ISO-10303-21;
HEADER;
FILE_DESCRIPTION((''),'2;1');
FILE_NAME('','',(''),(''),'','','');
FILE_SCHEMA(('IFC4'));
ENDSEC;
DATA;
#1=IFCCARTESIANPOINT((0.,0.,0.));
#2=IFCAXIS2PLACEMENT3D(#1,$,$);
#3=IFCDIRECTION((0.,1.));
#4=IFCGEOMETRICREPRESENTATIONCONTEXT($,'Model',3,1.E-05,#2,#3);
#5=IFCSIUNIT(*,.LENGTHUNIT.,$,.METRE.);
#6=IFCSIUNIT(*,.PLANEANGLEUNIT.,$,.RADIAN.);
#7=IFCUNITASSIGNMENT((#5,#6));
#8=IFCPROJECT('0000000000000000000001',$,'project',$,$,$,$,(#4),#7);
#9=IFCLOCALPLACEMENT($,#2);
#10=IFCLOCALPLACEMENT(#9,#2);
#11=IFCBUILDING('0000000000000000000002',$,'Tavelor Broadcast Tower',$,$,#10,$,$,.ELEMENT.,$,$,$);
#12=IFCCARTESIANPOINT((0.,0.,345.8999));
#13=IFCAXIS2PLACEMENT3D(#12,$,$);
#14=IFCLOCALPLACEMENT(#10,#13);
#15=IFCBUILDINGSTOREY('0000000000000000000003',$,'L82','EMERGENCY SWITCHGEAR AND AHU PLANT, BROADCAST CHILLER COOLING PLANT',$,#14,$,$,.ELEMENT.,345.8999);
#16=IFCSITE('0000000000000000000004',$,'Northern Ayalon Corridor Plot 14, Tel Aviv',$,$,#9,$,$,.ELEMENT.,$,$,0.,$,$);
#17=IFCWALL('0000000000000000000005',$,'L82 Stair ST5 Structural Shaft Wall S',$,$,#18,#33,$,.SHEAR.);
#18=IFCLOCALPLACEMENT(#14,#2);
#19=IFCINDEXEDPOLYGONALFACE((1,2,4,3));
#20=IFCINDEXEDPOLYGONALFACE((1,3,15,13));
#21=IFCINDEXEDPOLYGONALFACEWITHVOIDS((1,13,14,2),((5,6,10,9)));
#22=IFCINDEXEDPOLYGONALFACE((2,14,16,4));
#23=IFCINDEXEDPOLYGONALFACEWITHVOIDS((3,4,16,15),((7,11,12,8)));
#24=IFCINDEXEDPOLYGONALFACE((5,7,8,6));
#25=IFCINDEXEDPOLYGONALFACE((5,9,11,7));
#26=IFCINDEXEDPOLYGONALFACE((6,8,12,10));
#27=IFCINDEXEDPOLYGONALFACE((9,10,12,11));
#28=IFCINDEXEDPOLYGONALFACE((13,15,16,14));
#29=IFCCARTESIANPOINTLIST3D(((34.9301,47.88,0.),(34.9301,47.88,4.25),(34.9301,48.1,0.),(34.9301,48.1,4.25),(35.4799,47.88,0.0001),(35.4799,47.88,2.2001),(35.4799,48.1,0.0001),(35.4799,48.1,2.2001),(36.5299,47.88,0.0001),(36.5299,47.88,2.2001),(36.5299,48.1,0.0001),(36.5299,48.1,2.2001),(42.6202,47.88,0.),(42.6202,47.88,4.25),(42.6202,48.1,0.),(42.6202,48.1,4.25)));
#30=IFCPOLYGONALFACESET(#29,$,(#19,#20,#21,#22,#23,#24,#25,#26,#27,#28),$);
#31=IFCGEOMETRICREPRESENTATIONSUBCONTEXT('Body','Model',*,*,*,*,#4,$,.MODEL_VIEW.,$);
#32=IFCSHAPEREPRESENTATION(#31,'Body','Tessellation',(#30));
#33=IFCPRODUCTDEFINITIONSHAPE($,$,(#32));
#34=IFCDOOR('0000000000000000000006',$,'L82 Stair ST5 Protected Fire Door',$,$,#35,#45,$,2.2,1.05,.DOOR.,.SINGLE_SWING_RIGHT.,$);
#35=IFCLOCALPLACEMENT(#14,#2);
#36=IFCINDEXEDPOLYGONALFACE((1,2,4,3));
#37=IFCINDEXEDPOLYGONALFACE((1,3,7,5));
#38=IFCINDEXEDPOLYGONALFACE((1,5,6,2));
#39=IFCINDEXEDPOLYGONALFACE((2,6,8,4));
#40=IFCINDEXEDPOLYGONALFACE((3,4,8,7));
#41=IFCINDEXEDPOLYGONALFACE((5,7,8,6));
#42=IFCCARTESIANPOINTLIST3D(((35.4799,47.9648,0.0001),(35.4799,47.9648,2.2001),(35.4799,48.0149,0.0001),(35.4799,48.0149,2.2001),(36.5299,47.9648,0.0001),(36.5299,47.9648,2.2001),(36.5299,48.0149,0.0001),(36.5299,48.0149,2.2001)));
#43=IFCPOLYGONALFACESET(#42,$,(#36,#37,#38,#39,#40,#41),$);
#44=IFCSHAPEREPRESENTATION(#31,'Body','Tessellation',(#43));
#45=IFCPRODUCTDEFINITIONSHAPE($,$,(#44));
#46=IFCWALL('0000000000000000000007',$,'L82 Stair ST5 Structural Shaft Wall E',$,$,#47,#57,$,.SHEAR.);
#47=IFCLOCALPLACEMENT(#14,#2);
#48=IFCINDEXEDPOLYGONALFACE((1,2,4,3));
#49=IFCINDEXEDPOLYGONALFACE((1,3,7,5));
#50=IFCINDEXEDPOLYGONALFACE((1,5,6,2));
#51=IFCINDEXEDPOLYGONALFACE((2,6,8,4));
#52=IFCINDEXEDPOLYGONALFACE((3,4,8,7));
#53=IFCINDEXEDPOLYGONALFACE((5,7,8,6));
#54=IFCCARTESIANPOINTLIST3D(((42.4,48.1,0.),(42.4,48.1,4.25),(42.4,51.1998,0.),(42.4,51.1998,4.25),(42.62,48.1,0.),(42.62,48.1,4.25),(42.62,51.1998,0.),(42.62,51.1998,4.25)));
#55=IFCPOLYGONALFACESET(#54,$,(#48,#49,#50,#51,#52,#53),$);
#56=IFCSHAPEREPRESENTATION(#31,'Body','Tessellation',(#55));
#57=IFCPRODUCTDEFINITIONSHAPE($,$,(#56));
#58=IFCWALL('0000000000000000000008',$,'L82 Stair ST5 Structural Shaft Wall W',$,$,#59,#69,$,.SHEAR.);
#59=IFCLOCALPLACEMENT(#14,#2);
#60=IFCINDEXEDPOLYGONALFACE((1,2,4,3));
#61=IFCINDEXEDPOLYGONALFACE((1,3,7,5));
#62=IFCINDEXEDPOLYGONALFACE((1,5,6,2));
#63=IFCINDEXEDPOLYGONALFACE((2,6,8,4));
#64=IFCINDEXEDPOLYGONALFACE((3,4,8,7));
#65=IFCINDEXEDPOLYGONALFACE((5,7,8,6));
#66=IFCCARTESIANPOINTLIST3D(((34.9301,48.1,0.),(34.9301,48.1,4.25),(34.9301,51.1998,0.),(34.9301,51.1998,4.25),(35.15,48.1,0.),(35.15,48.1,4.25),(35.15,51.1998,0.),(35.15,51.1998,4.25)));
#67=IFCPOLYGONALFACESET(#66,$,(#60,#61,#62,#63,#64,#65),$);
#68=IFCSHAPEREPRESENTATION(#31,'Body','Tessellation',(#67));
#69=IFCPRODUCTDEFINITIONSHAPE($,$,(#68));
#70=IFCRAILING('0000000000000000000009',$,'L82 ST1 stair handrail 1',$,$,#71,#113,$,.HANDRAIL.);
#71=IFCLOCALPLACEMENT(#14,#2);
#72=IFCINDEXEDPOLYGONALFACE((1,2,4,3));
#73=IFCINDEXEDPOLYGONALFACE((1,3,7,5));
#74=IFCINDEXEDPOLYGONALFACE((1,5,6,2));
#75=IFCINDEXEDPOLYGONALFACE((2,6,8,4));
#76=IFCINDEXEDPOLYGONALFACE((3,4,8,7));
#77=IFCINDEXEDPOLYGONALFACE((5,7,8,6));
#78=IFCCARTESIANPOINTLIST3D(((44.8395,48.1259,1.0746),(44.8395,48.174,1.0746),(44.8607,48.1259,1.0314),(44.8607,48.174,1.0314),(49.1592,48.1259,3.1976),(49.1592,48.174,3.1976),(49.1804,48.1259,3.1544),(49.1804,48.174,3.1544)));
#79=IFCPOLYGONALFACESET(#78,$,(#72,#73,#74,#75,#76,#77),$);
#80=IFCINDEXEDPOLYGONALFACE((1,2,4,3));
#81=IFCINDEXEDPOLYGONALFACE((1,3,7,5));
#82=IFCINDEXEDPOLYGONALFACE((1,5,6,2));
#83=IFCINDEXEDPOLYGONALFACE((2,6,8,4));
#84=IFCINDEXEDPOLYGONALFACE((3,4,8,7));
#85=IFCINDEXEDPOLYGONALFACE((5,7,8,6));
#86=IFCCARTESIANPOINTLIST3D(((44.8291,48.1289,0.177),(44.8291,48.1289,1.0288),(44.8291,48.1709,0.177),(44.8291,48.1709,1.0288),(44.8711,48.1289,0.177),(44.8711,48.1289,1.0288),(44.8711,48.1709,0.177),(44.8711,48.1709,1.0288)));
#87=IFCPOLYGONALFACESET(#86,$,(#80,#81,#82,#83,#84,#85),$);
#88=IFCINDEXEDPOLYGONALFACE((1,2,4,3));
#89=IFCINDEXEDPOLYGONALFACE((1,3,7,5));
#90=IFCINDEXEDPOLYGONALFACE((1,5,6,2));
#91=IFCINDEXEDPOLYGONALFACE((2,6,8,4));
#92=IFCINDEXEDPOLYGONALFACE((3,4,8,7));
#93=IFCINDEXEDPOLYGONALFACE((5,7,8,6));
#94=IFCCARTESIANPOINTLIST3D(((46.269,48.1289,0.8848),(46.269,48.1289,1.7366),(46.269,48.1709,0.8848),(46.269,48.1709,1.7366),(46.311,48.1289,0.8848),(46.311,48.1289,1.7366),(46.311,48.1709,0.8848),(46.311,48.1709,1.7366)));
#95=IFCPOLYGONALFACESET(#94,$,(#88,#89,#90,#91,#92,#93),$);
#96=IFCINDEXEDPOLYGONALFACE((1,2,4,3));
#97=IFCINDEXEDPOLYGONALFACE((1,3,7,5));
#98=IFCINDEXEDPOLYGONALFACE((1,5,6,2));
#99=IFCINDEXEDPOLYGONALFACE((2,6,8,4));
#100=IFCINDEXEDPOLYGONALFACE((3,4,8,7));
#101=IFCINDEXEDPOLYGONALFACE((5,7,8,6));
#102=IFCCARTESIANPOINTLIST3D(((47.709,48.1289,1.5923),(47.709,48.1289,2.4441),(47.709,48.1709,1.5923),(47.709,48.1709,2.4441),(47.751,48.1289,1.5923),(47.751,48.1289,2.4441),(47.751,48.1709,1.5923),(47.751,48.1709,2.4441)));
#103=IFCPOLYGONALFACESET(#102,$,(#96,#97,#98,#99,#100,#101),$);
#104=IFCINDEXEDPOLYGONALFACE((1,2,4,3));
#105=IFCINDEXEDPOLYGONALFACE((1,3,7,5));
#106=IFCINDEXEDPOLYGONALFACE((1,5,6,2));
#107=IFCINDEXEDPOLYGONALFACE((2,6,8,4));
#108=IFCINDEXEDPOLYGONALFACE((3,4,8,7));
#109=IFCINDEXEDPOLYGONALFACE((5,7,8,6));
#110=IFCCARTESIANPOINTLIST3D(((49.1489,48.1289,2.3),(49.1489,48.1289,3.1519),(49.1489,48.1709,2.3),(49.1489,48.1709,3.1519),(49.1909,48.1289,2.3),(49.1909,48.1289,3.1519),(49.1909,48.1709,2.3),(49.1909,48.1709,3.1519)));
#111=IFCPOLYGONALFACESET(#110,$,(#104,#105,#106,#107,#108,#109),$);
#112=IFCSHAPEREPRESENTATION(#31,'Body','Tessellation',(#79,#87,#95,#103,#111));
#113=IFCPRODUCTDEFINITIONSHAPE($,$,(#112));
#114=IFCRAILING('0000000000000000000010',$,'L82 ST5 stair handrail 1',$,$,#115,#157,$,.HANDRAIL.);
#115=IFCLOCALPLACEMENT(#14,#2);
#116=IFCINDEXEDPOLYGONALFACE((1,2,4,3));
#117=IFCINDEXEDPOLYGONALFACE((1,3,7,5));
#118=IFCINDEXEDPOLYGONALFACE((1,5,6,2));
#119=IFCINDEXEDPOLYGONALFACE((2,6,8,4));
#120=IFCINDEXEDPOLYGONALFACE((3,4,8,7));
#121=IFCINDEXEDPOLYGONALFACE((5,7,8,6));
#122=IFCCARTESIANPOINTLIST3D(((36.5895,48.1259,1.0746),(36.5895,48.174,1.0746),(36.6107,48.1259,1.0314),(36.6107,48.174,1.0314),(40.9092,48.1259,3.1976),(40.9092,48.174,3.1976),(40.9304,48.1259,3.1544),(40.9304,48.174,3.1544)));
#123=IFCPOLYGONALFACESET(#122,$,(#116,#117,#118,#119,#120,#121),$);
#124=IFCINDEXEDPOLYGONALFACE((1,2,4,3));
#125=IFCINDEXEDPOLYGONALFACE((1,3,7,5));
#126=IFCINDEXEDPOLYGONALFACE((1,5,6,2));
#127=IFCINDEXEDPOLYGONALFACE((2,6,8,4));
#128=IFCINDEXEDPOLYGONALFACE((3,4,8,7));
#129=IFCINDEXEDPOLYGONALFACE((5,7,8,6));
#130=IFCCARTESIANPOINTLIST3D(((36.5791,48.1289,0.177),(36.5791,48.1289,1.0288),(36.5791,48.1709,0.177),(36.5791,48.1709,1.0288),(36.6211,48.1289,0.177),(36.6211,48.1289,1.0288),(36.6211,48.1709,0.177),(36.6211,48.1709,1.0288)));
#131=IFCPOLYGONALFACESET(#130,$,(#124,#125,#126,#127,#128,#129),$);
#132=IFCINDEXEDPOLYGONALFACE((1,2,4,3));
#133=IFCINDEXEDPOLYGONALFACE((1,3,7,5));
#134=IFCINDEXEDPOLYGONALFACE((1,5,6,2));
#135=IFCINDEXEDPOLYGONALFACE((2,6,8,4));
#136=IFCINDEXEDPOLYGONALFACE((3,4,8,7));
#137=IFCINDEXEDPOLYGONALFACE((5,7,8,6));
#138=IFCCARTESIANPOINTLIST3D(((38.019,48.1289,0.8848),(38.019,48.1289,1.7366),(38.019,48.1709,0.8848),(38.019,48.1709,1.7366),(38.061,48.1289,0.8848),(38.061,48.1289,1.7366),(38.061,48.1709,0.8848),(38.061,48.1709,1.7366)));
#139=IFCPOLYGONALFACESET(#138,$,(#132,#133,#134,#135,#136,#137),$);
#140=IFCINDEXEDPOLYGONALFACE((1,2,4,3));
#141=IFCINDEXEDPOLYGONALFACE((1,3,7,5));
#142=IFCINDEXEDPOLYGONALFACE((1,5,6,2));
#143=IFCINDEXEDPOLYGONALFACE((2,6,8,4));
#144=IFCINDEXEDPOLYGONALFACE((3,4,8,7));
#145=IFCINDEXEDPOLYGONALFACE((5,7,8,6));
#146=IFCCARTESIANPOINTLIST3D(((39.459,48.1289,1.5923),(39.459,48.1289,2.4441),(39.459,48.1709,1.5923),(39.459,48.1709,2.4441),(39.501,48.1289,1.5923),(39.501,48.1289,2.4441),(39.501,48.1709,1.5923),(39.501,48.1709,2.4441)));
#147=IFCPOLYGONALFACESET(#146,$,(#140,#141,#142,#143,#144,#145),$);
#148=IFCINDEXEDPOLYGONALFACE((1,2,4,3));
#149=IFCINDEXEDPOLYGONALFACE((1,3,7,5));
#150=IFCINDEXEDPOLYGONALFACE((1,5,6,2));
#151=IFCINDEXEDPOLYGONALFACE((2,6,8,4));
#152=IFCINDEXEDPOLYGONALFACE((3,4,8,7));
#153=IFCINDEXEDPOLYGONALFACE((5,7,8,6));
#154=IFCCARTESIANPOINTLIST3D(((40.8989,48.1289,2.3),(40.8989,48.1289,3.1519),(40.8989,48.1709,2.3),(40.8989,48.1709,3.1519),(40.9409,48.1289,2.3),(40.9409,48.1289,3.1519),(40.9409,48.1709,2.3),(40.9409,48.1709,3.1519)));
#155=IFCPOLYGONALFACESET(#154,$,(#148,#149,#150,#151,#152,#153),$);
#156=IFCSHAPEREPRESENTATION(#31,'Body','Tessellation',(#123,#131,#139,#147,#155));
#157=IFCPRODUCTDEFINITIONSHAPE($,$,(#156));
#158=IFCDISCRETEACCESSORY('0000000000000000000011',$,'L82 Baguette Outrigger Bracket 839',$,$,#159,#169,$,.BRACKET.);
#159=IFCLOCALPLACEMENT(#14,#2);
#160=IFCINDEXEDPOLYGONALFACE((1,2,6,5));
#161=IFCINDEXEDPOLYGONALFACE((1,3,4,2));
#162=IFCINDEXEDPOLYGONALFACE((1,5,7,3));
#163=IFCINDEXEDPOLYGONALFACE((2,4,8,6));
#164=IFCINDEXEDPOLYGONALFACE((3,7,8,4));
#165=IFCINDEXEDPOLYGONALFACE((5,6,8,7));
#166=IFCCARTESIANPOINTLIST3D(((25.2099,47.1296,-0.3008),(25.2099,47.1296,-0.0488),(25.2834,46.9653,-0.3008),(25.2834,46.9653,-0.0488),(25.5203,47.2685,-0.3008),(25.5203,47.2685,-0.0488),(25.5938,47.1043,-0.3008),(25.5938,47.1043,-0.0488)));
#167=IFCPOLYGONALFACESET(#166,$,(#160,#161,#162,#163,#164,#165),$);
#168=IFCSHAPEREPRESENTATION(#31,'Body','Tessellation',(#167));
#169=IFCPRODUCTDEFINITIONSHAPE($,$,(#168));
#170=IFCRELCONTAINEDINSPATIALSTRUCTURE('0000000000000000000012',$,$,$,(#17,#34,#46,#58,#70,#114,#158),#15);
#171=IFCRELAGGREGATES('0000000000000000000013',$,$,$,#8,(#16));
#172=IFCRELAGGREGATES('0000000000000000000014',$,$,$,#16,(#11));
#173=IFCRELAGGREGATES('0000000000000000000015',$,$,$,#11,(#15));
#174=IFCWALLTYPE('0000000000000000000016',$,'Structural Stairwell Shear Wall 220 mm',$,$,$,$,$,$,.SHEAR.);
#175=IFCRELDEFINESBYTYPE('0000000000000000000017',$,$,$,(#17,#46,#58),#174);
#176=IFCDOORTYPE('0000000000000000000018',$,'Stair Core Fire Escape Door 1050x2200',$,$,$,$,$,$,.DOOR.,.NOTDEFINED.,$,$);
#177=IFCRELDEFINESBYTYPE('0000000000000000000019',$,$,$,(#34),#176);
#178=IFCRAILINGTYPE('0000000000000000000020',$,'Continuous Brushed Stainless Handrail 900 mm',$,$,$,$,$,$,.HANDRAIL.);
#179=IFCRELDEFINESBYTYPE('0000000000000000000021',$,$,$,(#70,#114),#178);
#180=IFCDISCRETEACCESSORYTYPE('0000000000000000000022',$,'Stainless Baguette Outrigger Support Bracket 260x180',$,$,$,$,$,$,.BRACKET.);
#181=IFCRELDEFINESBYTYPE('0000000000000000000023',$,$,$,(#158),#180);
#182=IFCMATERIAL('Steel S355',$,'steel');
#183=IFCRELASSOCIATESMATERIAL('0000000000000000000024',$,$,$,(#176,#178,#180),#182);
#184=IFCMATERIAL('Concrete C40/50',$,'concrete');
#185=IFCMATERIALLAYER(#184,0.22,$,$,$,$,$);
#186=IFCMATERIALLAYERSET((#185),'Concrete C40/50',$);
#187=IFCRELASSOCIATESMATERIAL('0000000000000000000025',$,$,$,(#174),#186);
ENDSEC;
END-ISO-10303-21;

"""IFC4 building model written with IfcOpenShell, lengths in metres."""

from ifc_helpers import new_model, si_unit, direction, frame, frame_2d, origin, origin_2d, place, context, subcontext, project, spatial, rectangle, extrude, source, transform, mapped, material, layer, layer_set, type_object, type_shapes, element, fill, save


model = new_model("IFC4")

# Units and contexts
model_context = context("Model", 3, precision=1e-05, world=origin(), true_north=direction((0.0, 1.0)))
body_context = subcontext(model_context, "Body", "Model", "MODEL_VIEW")
ifc_project = project(units=[si_unit("LENGTHUNIT", "METRE"), si_unit("PLANEANGLEUNIT", "RADIAN")], contexts=[model_context])

# Site, building, storey
site_placement = place(None, origin())
site = spatial("IfcSite", under=ifc_project, at=site_placement, Name="Northern Ayalon Corridor Plot 14, Tel Aviv", CompositionType="ELEMENT", RefElevation=0.0)
building_placement = place(site_placement, origin())
building = spatial("IfcBuilding", under=site, at=building_placement, Name="Tavelor Broadcast Tower", CompositionType="ELEMENT")
storey_placement = place(building_placement, frame((0.0, 0.0, 345.8999)))
storey = spatial("IfcBuildingStorey", under=building, at=storey_placement, Name="L82", Description="EMERGENCY SWITCHGEAR AND AHU PLANT, BROADCAST CHILLER COOLING PLANT", CompositionType="ELEMENT", Elevation=345.8999)

# Shared definitions
ifc_material_1 = material(Name="Steel S355", Category="steel")

# Shared definitions
door_type_1 = type_object("IfcDoorType", Name="Stair Core Fire Escape Door 1050x2200", OperationType="NOTDEFINED", PredefinedType="DOOR", material=ifc_material_1)

# Wall, opening, door
ifc_material_2 = material(Name="Concrete C40/50", Category="concrete")
ifc_layer_1 = layer(ifc_material_2, 0.22)
ifc_layer_set_1 = layer_set([ifc_layer_1], Name="Concrete C40/50")
wall_type_1 = type_object("IfcWallType", Name="Structural Stairwell Shear Wall 220 mm", PredefinedType="SHEAR", material=ifc_layer_set_1)
wall_1_placement = place(storey_placement, frame((34.9299, 47.99, 0.0), z_axis=(0.0, 0.0, 1.0), x_axis=(1.0, 0.0, 0.0)))
wall_1 = element("IfcWall", 1, at=wall_1_placement, inside=storey, type_object=wall_type_1, Name="L82 Stair ST5 Structural Shaft Wall S", PredefinedType="SHEAR", context=body_context, shape_type="SweptSolid", body=[
    extrude(rectangle(XDim=7.6902, YDim=0.22, at=frame_2d((3.8452, 0.0))), origin(), (0.0, 0.0, 1.0), 4.25),
])
opening_1_placement = place(wall_1_placement, frame((0.55, 0.0, 0.0)))
opening_1 = element("IfcOpeningElement", 2, at=opening_1_placement, cuts=wall_1, PredefinedType="OPENING", context=body_context, shape_type="SweptSolid", body=[
    extrude(rectangle(XDim=1.05, YDim=2.2, at=frame_2d((0.5249, 1.1001))), frame((0.0, 0.1201, 0.0), z_axis=(0.0, -1.0, 0.0), x_axis=(1.0, 0.0, 0.0)), (0.0, 0.0, 1.0), 0.24),
])
door_1_placement = place(opening_1_placement, origin())
door_1 = element("IfcDoor", 3, at=door_1_placement, inside=storey, type_object=door_type_1, Name="L82 Stair ST5 Protected Fire Door", OperationType="SINGLE_SWING_RIGHT", OverallHeight=2.2, OverallWidth=1.05, PredefinedType="DOOR", context=body_context, shape_type="SweptSolid", body=[
    extrude(rectangle(XDim=1.05, YDim=2.2, at=frame_2d((0.5249, 1.1001))), frame((0.0, 0.0249, 0.0), z_axis=(0.0, -1.0, 0.0), x_axis=(1.0, 0.0, 0.0)), (0.0, 0.0, 1.0), 0.05),
])
fill(opening_1, door_1)

# Walls
for number, where, z_axis, x_axis, name in (
    (4, (42.51, 48.1001, 0.0), (0.0, 0.0, 1.0), (0.0, 1.0, 0.0), "L82 Stair ST5 Structural Shaft Wall E"),
    (5, (35.04, 48.1001, 0.0), (0.0, 0.0, 1.0), (0.0, 1.0, 0.0), "L82 Stair ST5 Structural Shaft Wall W"),
):
    element("IfcWall", number, at=place(storey_placement, frame(where, z_axis=z_axis, x_axis=x_axis)), inside=storey, type_object=wall_type_1, Name=name, PredefinedType="SHEAR", context=body_context, shape_type="SweptSolid", body=[
        extrude(rectangle(XDim=3.0999, YDim=0.22, at=frame_2d((1.5498, 0.0))), origin(), (0.0, 0.0, 1.0), 4.25),
    ])

# Railings
railing_type = type_object("IfcRailingType", Name="Continuous Brushed Stainless Handrail 900 mm", PredefinedType="HANDRAIL", material=ifc_material_1)
for number, where, name in (
    (6, (44.8501, 48.1499, 0.177), "L82 ST1 stair handrail 1"),
    (7, (36.6001, 48.1499, 0.177), "L82 ST5 stair handrail 1"),
):
    element("IfcRailing", number, at=place(storey_placement, frame(where)), inside=storey, type_object=railing_type, Name=name, PredefinedType="HANDRAIL", context=body_context, shape_type="SweptSolid", body=[
        extrude(rectangle(XDim=0.0481, YDim=0.0481, at=origin_2d()), frame((0.0, 0.0, 0.876), z_axis=(0.89747, 0.0, 0.441076), x_axis=(0.0, 1.0, 0.0)), (0.0, 0.0, 1.0), 4.8132),
        extrude(rectangle(XDim=0.042, YDim=0.042, at=origin_2d()), origin(), (0.0, 0.0, 1.0), 0.8518),
        extrude(rectangle(XDim=0.042, YDim=0.042, at=origin_2d()), frame((1.4399, 0.0, 0.7078)), (0.0, 0.0, 1.0), 0.8518),
        extrude(rectangle(XDim=0.042, YDim=0.042, at=origin_2d()), frame((2.8799, 0.0, 1.4153)), (0.0, 0.0, 1.0), 0.8518),
        extrude(rectangle(XDim=0.042, YDim=0.042, at=origin_2d()), frame((4.3198, 0.0, 2.123)), (0.0, 0.0, 1.0), 0.8518),
    ])

# Discrete accessory
discrete_accessory_type = type_object("IfcDiscreteAccessoryType", Name="Stainless Baguette Outrigger Support Bracket 260x180", PredefinedType="BRACKET", material=ifc_material_1)
shared_shape_1 = source(origin(), body_context, "Body", "SweptSolid", [
    extrude(rectangle(XDim=0.1799, YDim=0.3401, at=origin_2d()), origin(), (0.0, 0.0, 1.0), 0.252),
])
type_shapes(discrete_accessory_type, [shared_shape_1])
discrete_accessory_placement = place(storey_placement, frame((25.4019, 47.1169, -0.3008), z_axis=(0.0, 0.0, 1.0), x_axis=(0.408649, -0.912692, 0.0)))
element("IfcDiscreteAccessory", 8, at=discrete_accessory_placement, inside=storey, type_object=discrete_accessory_type, Name="L82 Baguette Outrigger Bracket 839", PredefinedType="BRACKET", context=body_context, shape_type="MappedRepresentation", body=[
    mapped(shared_shape_1, transform((0.0, 0.0, 0.0), scale=1.0)),
])

save(model, "model.ifc")
